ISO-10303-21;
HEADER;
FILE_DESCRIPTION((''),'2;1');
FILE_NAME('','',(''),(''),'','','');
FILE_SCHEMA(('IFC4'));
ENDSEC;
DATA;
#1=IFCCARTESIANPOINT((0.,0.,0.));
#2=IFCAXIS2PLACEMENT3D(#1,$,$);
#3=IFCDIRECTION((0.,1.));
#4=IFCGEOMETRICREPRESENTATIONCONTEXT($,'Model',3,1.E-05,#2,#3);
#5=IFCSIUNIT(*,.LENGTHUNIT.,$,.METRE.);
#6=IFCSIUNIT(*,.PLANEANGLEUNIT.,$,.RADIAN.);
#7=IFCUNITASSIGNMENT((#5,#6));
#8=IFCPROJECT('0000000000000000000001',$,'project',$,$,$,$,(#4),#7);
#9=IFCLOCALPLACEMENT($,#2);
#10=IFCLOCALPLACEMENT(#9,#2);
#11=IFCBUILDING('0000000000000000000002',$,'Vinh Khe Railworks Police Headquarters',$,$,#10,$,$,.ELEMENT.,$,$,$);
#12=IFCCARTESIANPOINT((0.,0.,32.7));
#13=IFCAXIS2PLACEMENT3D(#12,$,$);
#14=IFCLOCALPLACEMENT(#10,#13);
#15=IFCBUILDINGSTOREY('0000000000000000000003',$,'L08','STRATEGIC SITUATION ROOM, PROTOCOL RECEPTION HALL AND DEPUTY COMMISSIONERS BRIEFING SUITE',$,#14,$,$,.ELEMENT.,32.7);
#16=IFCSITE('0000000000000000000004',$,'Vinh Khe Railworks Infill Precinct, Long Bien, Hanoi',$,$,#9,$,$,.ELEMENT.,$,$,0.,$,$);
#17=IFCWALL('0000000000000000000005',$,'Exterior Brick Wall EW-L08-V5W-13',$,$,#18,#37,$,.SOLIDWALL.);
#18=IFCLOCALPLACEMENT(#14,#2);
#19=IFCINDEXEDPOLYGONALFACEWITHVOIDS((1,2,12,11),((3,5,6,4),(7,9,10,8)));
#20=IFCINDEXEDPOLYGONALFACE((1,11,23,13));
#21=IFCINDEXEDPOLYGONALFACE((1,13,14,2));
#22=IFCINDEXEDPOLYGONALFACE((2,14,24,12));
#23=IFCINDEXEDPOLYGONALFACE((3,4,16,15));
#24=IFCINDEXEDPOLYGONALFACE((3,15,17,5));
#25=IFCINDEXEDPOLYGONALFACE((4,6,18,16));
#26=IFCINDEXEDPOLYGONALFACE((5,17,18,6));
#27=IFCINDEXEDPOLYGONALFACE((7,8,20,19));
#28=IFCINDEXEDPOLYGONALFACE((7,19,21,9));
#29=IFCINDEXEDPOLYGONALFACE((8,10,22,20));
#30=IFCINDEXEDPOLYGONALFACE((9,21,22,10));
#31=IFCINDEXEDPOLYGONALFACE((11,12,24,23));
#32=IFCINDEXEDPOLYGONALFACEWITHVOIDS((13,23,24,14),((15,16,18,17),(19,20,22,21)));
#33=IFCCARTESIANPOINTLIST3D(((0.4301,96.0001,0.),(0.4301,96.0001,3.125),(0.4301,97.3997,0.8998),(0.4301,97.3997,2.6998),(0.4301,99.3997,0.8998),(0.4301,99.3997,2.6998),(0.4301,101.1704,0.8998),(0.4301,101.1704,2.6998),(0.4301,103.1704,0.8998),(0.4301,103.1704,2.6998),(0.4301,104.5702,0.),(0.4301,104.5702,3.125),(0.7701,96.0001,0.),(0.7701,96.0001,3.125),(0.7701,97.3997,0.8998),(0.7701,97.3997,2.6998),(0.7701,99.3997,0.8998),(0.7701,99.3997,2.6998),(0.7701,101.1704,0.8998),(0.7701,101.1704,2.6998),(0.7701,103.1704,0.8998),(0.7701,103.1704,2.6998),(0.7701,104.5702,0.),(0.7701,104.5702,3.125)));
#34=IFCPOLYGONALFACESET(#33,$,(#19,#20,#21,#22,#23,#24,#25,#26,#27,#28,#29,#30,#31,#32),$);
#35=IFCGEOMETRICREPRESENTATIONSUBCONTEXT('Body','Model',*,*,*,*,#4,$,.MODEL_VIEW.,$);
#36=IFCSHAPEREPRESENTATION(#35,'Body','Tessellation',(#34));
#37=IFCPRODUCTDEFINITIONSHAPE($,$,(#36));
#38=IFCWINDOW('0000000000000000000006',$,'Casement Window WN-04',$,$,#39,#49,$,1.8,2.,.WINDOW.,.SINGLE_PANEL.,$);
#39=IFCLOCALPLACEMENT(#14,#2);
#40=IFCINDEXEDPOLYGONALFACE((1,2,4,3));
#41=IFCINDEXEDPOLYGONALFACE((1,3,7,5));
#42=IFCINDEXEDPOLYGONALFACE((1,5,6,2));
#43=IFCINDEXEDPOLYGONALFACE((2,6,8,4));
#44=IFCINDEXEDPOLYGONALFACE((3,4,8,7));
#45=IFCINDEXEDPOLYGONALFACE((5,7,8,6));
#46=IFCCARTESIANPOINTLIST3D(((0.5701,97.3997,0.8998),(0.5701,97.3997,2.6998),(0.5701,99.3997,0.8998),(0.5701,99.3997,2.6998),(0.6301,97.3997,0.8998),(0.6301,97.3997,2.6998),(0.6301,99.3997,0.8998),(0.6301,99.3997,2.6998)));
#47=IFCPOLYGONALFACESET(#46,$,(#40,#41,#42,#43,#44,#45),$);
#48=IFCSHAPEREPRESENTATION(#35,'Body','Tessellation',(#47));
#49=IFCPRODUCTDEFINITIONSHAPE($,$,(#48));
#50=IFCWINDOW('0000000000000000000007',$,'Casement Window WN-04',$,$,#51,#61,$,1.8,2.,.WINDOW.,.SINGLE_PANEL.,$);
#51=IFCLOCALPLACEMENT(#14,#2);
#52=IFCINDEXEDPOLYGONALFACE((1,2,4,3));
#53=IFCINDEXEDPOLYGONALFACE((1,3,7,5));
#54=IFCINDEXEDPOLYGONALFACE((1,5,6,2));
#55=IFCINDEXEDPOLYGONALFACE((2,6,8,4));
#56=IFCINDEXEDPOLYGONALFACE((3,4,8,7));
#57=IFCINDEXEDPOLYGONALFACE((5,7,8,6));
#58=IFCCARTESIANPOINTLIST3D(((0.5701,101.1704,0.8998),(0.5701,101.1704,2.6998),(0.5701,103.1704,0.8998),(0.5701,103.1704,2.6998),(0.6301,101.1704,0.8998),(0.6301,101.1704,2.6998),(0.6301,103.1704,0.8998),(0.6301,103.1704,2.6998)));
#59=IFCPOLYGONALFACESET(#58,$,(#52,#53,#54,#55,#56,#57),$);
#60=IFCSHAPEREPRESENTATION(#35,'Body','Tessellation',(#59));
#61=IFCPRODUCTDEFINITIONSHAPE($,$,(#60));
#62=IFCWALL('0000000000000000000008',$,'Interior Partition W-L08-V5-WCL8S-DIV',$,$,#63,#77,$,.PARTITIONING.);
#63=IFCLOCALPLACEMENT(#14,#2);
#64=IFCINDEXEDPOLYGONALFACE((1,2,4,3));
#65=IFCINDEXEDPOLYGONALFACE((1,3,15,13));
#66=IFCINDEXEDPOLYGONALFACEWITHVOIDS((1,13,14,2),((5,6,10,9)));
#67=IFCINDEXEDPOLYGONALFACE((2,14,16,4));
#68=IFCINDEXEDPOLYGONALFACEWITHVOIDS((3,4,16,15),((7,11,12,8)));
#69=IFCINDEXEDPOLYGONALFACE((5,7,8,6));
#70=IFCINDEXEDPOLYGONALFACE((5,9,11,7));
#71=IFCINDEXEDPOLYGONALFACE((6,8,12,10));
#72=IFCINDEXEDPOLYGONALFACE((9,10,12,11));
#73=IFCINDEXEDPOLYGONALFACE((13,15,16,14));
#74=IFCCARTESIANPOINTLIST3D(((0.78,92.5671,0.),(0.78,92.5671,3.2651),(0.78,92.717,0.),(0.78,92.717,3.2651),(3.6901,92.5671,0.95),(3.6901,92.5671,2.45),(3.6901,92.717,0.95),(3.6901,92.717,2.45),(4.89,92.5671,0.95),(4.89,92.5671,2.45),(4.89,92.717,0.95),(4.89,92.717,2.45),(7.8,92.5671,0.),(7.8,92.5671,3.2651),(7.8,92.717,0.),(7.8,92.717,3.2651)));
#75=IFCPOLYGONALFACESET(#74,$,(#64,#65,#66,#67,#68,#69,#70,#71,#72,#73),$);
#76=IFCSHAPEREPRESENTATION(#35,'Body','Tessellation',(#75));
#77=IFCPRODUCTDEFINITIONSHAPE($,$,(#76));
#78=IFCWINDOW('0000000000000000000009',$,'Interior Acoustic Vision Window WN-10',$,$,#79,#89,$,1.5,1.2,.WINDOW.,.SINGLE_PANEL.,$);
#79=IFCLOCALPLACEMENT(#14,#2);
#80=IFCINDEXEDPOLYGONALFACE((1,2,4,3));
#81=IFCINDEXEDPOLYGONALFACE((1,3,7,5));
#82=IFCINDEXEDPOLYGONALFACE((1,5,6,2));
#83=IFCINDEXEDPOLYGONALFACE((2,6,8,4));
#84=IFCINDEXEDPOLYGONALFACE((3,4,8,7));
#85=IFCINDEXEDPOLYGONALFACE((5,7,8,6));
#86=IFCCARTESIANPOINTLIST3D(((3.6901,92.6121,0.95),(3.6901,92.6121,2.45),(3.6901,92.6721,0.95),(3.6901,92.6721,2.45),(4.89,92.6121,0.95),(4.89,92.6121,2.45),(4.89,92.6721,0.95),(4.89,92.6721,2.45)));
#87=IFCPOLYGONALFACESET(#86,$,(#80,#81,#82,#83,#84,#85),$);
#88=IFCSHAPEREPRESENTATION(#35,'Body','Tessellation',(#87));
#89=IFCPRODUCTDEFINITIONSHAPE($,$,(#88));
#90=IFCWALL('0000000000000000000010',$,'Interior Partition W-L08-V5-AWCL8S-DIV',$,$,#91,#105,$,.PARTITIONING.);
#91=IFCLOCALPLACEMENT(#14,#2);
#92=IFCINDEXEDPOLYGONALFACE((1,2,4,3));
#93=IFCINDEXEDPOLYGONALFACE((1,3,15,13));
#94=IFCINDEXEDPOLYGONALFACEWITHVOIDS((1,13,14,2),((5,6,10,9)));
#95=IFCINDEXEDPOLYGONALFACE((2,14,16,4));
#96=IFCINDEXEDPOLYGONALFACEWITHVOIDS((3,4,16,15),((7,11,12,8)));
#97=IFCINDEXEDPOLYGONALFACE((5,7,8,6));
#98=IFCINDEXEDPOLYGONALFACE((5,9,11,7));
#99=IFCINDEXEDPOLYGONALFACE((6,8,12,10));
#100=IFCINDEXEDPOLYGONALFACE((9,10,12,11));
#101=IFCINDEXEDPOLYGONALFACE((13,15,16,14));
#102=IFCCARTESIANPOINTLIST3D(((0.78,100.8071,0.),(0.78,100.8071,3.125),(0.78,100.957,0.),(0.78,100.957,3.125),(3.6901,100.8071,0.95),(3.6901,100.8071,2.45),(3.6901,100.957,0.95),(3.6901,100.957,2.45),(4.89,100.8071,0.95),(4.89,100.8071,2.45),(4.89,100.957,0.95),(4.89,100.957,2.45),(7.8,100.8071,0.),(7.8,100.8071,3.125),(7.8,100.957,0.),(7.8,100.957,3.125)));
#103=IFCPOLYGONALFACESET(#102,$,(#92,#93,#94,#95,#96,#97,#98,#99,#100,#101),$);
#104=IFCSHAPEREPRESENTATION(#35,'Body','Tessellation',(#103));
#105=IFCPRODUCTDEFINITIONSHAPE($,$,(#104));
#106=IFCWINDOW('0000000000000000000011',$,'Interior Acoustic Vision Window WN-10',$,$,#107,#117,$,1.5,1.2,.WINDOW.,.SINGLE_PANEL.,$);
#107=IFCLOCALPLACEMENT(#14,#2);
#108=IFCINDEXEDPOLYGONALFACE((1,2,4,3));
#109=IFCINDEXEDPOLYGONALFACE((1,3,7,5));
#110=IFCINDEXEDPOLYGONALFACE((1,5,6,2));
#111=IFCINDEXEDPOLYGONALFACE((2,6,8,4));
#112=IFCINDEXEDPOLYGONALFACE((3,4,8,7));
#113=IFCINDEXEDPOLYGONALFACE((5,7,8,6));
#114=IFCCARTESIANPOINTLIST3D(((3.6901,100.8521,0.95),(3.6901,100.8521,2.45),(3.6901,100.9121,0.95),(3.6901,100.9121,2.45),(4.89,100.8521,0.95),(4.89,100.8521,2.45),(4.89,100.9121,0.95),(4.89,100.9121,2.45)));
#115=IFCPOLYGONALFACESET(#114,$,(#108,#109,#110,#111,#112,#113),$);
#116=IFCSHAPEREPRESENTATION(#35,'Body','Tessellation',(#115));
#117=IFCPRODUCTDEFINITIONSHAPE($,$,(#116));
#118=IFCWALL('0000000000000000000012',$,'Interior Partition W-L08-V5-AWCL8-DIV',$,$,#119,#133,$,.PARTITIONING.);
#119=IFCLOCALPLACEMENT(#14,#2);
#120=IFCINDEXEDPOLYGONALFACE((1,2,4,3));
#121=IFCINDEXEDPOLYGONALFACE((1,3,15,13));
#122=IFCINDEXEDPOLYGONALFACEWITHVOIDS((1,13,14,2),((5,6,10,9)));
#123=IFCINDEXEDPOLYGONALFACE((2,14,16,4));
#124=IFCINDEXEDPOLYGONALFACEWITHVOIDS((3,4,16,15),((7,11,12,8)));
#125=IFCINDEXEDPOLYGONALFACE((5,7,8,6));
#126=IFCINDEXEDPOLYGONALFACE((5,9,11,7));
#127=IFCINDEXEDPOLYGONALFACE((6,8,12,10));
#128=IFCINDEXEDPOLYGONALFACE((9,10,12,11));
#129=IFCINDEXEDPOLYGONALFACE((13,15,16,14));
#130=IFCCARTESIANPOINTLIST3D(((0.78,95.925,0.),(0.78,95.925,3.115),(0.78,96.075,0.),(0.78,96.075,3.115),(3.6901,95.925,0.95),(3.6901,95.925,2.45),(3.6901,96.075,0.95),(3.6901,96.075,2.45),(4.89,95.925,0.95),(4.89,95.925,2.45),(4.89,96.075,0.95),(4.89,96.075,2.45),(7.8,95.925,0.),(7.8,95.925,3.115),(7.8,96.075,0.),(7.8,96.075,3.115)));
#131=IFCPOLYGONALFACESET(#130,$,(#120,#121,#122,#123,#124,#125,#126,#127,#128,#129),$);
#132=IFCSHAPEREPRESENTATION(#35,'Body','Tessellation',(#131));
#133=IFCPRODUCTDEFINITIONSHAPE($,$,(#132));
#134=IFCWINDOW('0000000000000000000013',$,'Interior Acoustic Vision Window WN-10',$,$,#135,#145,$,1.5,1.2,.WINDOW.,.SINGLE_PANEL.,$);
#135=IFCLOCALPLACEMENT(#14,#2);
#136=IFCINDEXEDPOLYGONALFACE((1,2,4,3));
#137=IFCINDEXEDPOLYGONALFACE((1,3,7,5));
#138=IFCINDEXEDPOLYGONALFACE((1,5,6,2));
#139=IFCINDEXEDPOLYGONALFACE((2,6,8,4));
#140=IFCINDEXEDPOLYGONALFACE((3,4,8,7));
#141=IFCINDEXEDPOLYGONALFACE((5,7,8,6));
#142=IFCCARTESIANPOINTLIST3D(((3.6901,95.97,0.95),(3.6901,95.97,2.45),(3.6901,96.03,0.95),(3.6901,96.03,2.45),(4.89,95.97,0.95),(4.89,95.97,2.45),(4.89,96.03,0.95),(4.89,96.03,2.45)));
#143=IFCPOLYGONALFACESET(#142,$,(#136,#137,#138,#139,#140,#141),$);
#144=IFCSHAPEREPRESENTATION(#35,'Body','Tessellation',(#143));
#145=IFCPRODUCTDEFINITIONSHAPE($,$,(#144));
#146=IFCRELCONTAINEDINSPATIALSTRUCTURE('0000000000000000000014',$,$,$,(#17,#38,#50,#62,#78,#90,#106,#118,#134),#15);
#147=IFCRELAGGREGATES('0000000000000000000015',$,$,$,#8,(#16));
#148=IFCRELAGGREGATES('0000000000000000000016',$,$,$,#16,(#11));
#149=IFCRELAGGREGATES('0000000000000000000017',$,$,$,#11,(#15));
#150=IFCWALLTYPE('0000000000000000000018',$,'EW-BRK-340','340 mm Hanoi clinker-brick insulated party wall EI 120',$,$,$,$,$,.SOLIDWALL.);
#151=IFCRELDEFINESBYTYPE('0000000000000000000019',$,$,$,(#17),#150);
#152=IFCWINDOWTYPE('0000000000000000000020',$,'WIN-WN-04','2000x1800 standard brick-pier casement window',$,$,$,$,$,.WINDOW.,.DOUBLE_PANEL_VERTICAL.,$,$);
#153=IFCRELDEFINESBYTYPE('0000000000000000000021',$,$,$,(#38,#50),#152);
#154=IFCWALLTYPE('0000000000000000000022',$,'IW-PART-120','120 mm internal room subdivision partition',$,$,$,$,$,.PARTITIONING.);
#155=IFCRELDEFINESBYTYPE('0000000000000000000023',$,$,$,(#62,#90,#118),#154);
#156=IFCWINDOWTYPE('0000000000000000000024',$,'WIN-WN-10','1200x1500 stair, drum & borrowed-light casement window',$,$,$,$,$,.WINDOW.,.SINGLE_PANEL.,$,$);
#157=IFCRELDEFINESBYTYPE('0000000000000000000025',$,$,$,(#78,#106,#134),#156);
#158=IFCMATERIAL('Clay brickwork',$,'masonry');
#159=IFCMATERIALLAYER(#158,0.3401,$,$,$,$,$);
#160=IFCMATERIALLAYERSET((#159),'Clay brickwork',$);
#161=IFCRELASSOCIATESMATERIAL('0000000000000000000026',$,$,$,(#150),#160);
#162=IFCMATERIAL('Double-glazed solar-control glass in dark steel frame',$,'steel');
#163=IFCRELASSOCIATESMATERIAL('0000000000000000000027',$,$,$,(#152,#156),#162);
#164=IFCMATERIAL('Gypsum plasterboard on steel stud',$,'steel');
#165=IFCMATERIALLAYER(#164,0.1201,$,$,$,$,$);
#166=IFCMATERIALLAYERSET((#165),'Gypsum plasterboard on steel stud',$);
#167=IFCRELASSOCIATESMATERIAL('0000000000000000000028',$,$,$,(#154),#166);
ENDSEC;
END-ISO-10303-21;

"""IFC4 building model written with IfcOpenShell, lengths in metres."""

from ifc_helpers import new_model, si_unit, direction, frame, frame_2d, origin, place, context, subcontext, project, spatial, rectangle, extrude, material, layer, layer_set, type_object, element, fill, save


model = new_model("IFC4")

# Units and contexts
model_context = context("Model", 3, precision=1e-05, world=origin(), true_north=direction((0.0, 1.0)))
body_context = subcontext(model_context, "Body", "Model", "MODEL_VIEW")
ifc_project = project(units=[si_unit("LENGTHUNIT", "METRE"), si_unit("PLANEANGLEUNIT", "RADIAN")], contexts=[model_context])

# Site, building, storey
site_placement = place(None, origin())
site = spatial("IfcSite", under=ifc_project, at=site_placement, Name="Vinh Khe Railworks Infill Precinct, Long Bien, Hanoi", CompositionType="ELEMENT", RefElevation=0.0)
building_placement = place(site_placement, origin())
building = spatial("IfcBuilding", under=site, at=building_placement, Name="Vinh Khe Railworks Police Headquarters", CompositionType="ELEMENT")
storey_placement = place(building_placement, frame((0.0, 0.0, 32.7)))
storey = spatial("IfcBuildingStorey", under=building, at=storey_placement, Name="L08", Description="STRATEGIC SITUATION ROOM, PROTOCOL RECEPTION HALL AND DEPUTY COMMISSIONERS BRIEFING SUITE", CompositionType="ELEMENT", Elevation=32.7)

# Shared definitions
ifc_material_1 = material(Name="Clay brickwork", Category="masonry")
ifc_material_2 = material(Name="Double-glazed solar-control glass in dark steel frame", Category="steel")

# Wall, openings, windows
ifc_layer_1 = layer(ifc_material_1, 0.3401)
ifc_layer_set_1 = layer_set([ifc_layer_1], Name="Clay brickwork")
wall_type_1 = type_object("IfcWallType", Name="EW-BRK-340", Description="340 mm Hanoi clinker-brick insulated party wall EI 120", PredefinedType="SOLIDWALL", material=ifc_layer_set_1)
wall_1_placement = place(storey_placement, frame((0.6001, 96.0, 0.0), z_axis=(0.0, 0.0, 1.0), x_axis=(0.0, 1.0, 0.0)))
wall_1 = element("IfcWall", 1, at=wall_1_placement, inside=storey, type_object=wall_type_1, Name="Exterior Brick Wall EW-L08-V5W-13", PredefinedType="SOLIDWALL", context=body_context, shape_type="SweptSolid", body=[
    extrude(rectangle(XDim=8.5701, YDim=0.3401, at=frame_2d((4.2852, 0.0))), origin(), (0.0, 0.0, 1.0), 3.125),
])
opening_1_placement = place(wall_1_placement, frame((1.3997, 0.0, 0.8999)))
opening_1 = element("IfcOpeningElement", 2, at=opening_1_placement, cuts=wall_1, PredefinedType="OPENING", context=body_context, shape_type="SweptSolid", body=[
    extrude(rectangle(XDim=2.0, YDim=1.8, at=frame_2d((1.0, 0.8999))), frame((0.0, 0.1851, 0.0), z_axis=(0.0, -1.0, 0.0), x_axis=(1.0, 0.0, 0.0)), (0.0, 0.0, 1.0), 0.3699),
])
opening_2_placement = place(wall_1_placement, frame((5.1704, 0.0, 0.8999)))
opening_2 = element("IfcOpeningElement", 3, at=opening_2_placement, cuts=wall_1, PredefinedType="OPENING", context=body_context, shape_type="SweptSolid", body=[
    extrude(rectangle(XDim=2.0, YDim=1.8, at=frame_2d((1.0, 0.8999))), frame((0.0, 0.1851, 0.0), z_axis=(0.0, -1.0, 0.0), x_axis=(1.0, 0.0, 0.0)), (0.0, 0.0, 1.0), 0.3699),
])
window_type_1 = type_object("IfcWindowType", Name="WIN-WN-04", Description="2000x1800 standard brick-pier casement window", PartitioningType="DOUBLE_PANEL_VERTICAL", PredefinedType="WINDOW", material=ifc_material_2)
window_1_placement = place(opening_1_placement, origin())
window_1 = element("IfcWindow", 4, at=window_1_placement, inside=storey, type_object=window_type_1, Name="Casement Window WN-04", OverallHeight=1.8, OverallWidth=2.0, PartitioningType="SINGLE_PANEL", PredefinedType="WINDOW", context=body_context, shape_type="SweptSolid", body=[
    extrude(rectangle(XDim=2.0, YDim=1.8, at=frame_2d((1.0, 0.8999))), frame((0.0, 0.03, 0.0), z_axis=(0.0, -1.0, 0.0), x_axis=(1.0, 0.0, 0.0)), (0.0, 0.0, 1.0), 0.0601),
])
fill(opening_1, window_1)
window_2_placement = place(opening_2_placement, origin())
window_2 = element("IfcWindow", 5, at=window_2_placement, inside=storey, type_object=window_type_1, Name="Casement Window WN-04", OverallHeight=1.8, OverallWidth=2.0, PartitioningType="SINGLE_PANEL", PredefinedType="WINDOW", context=body_context, shape_type="SweptSolid", body=[
    extrude(rectangle(XDim=2.0, YDim=1.8, at=frame_2d((1.0, 0.8999))), frame((0.0, 0.03, 0.0), z_axis=(0.0, -1.0, 0.0), x_axis=(1.0, 0.0, 0.0)), (0.0, 0.0, 1.0), 0.0601),
])
fill(opening_2, window_2)

# Walls, openings, windows
ifc_material_3 = material(Name="Gypsum plasterboard on steel stud", Category="steel")
ifc_layer_2 = layer(ifc_material_3, 0.1201)
ifc_layer_set_2 = layer_set([ifc_layer_2], Name="Gypsum plasterboard on steel stud")
wall_type_2 = type_object("IfcWallType", Name="IW-PART-120", Description="120 mm internal room subdivision partition", PredefinedType="PARTITIONING", material=ifc_layer_set_2)
wall_2_placement = place(storey_placement, frame((0.78, 92.6421, 0.0), z_axis=(0.0, 0.0, 1.0), x_axis=(1.0, 0.0, 0.0)))
wall_2 = element("IfcWall", 6, at=wall_2_placement, inside=storey, type_object=wall_type_2, Name="Interior Partition W-L08-V5-WCL8S-DIV", PredefinedType="PARTITIONING", context=body_context, shape_type="SweptSolid", body=[
    extrude(rectangle(XDim=7.02, YDim=0.1499, at=frame_2d((3.51, 0.0))), origin(), (0.0, 0.0, 1.0), 3.2651),
])
opening_3_placement = place(wall_2_placement, frame((2.9099, 0.0, 0.95)))
opening_3 = element("IfcOpeningElement", 7, at=opening_3_placement, cuts=wall_2, PredefinedType="OPENING", context=body_context, shape_type="SweptSolid", body=[
    extrude(rectangle(XDim=1.2, YDim=1.5, at=frame_2d((0.6001, 0.75))), frame((0.0, 0.0898, 0.0), z_axis=(0.0, -1.0, 0.0), x_axis=(1.0, 0.0, 0.0)), (0.0, 0.0, 1.0), 0.1797),
])
window_type_2 = type_object("IfcWindowType", Name="WIN-WN-10", Description="1200x1500 stair, drum & borrowed-light casement window", PartitioningType="SINGLE_PANEL", PredefinedType="WINDOW", material=ifc_material_2)
window_3_placement = place(opening_3_placement, origin())
window_3 = element("IfcWindow", 8, at=window_3_placement, inside=storey, type_object=window_type_2, Name="Interior Acoustic Vision Window WN-10", OverallHeight=1.5, OverallWidth=1.2, PartitioningType="SINGLE_PANEL", PredefinedType="WINDOW", context=body_context, shape_type="SweptSolid", body=[
    extrude(rectangle(XDim=1.2, YDim=1.5, at=frame_2d((0.6001, 0.75))), frame((0.0, 0.03, 0.0), z_axis=(0.0, -1.0, 0.0), x_axis=(1.0, 0.0, 0.0)), (0.0, 0.0, 1.0), 0.0601),
])
fill(opening_3, window_3)
wall_3_placement = place(storey_placement, frame((0.78, 100.8821, 0.0), z_axis=(0.0, 0.0, 1.0), x_axis=(1.0, 0.0, 0.0)))
wall_3 = element("IfcWall", 9, at=wall_3_placement, inside=storey, type_object=wall_type_2, Name="Interior Partition W-L08-V5-AWCL8S-DIV", PredefinedType="PARTITIONING", context=body_context, shape_type="SweptSolid", body=[
    extrude(rectangle(XDim=7.02, YDim=0.1499, at=frame_2d((3.51, 0.0))), origin(), (0.0, 0.0, 1.0), 3.125),
])
opening_4_placement = place(wall_3_placement, frame((2.9099, 0.0, 0.95)))
opening_4 = element("IfcOpeningElement", 10, at=opening_4_placement, cuts=wall_3, PredefinedType="OPENING", context=body_context, shape_type="SweptSolid", body=[
    extrude(rectangle(XDim=1.2, YDim=1.5, at=frame_2d((0.6001, 0.75))), frame((0.0, 0.0898, 0.0), z_axis=(0.0, -1.0, 0.0), x_axis=(1.0, 0.0, 0.0)), (0.0, 0.0, 1.0), 0.1797),
])
window_4_placement = place(opening_4_placement, origin())
window_4 = element("IfcWindow", 11, at=window_4_placement, inside=storey, type_object=window_type_2, Name="Interior Acoustic Vision Window WN-10", OverallHeight=1.5, OverallWidth=1.2, PartitioningType="SINGLE_PANEL", PredefinedType="WINDOW", context=body_context, shape_type="SweptSolid", body=[
    extrude(rectangle(XDim=1.2, YDim=1.5, at=frame_2d((0.6001, 0.75))), frame((0.0, 0.03, 0.0), z_axis=(0.0, -1.0, 0.0), x_axis=(1.0, 0.0, 0.0)), (0.0, 0.0, 1.0), 0.0601),
])
fill(opening_4, window_4)
wall_4_placement = place(storey_placement, frame((0.78, 96.0, 0.0), z_axis=(0.0, 0.0, 1.0), x_axis=(1.0, 0.0, 0.0)))
wall_4 = element("IfcWall", 12, at=wall_4_placement, inside=storey, type_object=wall_type_2, Name="Interior Partition W-L08-V5-AWCL8-DIV", PredefinedType="PARTITIONING", context=body_context, shape_type="SweptSolid", body=[
    extrude(rectangle(XDim=7.02, YDim=0.1499, at=frame_2d((3.51, 0.0))), origin(), (0.0, 0.0, 1.0), 3.115),
])
opening_5_placement = place(wall_4_placement, frame((2.9099, 0.0, 0.95)))
opening_5 = element("IfcOpeningElement", 13, at=opening_5_placement, cuts=wall_4, PredefinedType="OPENING", context=body_context, shape_type="SweptSolid", body=[
    extrude(rectangle(XDim=1.2, YDim=1.5, at=frame_2d((0.6001, 0.75))), frame((0.0, 0.0898, 0.0), z_axis=(0.0, -1.0, 0.0), x_axis=(1.0, 0.0, 0.0)), (0.0, 0.0, 1.0), 0.1797),
])
window_5_placement = place(opening_5_placement, origin())
window_5 = element("IfcWindow", 14, at=window_5_placement, inside=storey, type_object=window_type_2, Name="Interior Acoustic Vision Window WN-10", OverallHeight=1.5, OverallWidth=1.2, PartitioningType="SINGLE_PANEL", PredefinedType="WINDOW", context=body_context, shape_type="SweptSolid", body=[
    extrude(rectangle(XDim=1.2, YDim=1.5, at=frame_2d((0.6001, 0.75))), frame((0.0, 0.03, 0.0), z_axis=(0.0, -1.0, 0.0), x_axis=(1.0, 0.0, 0.0)), (0.0, 0.0, 1.0), 0.0601),
])
fill(opening_5, window_5)

save(model, "model.ifc")
